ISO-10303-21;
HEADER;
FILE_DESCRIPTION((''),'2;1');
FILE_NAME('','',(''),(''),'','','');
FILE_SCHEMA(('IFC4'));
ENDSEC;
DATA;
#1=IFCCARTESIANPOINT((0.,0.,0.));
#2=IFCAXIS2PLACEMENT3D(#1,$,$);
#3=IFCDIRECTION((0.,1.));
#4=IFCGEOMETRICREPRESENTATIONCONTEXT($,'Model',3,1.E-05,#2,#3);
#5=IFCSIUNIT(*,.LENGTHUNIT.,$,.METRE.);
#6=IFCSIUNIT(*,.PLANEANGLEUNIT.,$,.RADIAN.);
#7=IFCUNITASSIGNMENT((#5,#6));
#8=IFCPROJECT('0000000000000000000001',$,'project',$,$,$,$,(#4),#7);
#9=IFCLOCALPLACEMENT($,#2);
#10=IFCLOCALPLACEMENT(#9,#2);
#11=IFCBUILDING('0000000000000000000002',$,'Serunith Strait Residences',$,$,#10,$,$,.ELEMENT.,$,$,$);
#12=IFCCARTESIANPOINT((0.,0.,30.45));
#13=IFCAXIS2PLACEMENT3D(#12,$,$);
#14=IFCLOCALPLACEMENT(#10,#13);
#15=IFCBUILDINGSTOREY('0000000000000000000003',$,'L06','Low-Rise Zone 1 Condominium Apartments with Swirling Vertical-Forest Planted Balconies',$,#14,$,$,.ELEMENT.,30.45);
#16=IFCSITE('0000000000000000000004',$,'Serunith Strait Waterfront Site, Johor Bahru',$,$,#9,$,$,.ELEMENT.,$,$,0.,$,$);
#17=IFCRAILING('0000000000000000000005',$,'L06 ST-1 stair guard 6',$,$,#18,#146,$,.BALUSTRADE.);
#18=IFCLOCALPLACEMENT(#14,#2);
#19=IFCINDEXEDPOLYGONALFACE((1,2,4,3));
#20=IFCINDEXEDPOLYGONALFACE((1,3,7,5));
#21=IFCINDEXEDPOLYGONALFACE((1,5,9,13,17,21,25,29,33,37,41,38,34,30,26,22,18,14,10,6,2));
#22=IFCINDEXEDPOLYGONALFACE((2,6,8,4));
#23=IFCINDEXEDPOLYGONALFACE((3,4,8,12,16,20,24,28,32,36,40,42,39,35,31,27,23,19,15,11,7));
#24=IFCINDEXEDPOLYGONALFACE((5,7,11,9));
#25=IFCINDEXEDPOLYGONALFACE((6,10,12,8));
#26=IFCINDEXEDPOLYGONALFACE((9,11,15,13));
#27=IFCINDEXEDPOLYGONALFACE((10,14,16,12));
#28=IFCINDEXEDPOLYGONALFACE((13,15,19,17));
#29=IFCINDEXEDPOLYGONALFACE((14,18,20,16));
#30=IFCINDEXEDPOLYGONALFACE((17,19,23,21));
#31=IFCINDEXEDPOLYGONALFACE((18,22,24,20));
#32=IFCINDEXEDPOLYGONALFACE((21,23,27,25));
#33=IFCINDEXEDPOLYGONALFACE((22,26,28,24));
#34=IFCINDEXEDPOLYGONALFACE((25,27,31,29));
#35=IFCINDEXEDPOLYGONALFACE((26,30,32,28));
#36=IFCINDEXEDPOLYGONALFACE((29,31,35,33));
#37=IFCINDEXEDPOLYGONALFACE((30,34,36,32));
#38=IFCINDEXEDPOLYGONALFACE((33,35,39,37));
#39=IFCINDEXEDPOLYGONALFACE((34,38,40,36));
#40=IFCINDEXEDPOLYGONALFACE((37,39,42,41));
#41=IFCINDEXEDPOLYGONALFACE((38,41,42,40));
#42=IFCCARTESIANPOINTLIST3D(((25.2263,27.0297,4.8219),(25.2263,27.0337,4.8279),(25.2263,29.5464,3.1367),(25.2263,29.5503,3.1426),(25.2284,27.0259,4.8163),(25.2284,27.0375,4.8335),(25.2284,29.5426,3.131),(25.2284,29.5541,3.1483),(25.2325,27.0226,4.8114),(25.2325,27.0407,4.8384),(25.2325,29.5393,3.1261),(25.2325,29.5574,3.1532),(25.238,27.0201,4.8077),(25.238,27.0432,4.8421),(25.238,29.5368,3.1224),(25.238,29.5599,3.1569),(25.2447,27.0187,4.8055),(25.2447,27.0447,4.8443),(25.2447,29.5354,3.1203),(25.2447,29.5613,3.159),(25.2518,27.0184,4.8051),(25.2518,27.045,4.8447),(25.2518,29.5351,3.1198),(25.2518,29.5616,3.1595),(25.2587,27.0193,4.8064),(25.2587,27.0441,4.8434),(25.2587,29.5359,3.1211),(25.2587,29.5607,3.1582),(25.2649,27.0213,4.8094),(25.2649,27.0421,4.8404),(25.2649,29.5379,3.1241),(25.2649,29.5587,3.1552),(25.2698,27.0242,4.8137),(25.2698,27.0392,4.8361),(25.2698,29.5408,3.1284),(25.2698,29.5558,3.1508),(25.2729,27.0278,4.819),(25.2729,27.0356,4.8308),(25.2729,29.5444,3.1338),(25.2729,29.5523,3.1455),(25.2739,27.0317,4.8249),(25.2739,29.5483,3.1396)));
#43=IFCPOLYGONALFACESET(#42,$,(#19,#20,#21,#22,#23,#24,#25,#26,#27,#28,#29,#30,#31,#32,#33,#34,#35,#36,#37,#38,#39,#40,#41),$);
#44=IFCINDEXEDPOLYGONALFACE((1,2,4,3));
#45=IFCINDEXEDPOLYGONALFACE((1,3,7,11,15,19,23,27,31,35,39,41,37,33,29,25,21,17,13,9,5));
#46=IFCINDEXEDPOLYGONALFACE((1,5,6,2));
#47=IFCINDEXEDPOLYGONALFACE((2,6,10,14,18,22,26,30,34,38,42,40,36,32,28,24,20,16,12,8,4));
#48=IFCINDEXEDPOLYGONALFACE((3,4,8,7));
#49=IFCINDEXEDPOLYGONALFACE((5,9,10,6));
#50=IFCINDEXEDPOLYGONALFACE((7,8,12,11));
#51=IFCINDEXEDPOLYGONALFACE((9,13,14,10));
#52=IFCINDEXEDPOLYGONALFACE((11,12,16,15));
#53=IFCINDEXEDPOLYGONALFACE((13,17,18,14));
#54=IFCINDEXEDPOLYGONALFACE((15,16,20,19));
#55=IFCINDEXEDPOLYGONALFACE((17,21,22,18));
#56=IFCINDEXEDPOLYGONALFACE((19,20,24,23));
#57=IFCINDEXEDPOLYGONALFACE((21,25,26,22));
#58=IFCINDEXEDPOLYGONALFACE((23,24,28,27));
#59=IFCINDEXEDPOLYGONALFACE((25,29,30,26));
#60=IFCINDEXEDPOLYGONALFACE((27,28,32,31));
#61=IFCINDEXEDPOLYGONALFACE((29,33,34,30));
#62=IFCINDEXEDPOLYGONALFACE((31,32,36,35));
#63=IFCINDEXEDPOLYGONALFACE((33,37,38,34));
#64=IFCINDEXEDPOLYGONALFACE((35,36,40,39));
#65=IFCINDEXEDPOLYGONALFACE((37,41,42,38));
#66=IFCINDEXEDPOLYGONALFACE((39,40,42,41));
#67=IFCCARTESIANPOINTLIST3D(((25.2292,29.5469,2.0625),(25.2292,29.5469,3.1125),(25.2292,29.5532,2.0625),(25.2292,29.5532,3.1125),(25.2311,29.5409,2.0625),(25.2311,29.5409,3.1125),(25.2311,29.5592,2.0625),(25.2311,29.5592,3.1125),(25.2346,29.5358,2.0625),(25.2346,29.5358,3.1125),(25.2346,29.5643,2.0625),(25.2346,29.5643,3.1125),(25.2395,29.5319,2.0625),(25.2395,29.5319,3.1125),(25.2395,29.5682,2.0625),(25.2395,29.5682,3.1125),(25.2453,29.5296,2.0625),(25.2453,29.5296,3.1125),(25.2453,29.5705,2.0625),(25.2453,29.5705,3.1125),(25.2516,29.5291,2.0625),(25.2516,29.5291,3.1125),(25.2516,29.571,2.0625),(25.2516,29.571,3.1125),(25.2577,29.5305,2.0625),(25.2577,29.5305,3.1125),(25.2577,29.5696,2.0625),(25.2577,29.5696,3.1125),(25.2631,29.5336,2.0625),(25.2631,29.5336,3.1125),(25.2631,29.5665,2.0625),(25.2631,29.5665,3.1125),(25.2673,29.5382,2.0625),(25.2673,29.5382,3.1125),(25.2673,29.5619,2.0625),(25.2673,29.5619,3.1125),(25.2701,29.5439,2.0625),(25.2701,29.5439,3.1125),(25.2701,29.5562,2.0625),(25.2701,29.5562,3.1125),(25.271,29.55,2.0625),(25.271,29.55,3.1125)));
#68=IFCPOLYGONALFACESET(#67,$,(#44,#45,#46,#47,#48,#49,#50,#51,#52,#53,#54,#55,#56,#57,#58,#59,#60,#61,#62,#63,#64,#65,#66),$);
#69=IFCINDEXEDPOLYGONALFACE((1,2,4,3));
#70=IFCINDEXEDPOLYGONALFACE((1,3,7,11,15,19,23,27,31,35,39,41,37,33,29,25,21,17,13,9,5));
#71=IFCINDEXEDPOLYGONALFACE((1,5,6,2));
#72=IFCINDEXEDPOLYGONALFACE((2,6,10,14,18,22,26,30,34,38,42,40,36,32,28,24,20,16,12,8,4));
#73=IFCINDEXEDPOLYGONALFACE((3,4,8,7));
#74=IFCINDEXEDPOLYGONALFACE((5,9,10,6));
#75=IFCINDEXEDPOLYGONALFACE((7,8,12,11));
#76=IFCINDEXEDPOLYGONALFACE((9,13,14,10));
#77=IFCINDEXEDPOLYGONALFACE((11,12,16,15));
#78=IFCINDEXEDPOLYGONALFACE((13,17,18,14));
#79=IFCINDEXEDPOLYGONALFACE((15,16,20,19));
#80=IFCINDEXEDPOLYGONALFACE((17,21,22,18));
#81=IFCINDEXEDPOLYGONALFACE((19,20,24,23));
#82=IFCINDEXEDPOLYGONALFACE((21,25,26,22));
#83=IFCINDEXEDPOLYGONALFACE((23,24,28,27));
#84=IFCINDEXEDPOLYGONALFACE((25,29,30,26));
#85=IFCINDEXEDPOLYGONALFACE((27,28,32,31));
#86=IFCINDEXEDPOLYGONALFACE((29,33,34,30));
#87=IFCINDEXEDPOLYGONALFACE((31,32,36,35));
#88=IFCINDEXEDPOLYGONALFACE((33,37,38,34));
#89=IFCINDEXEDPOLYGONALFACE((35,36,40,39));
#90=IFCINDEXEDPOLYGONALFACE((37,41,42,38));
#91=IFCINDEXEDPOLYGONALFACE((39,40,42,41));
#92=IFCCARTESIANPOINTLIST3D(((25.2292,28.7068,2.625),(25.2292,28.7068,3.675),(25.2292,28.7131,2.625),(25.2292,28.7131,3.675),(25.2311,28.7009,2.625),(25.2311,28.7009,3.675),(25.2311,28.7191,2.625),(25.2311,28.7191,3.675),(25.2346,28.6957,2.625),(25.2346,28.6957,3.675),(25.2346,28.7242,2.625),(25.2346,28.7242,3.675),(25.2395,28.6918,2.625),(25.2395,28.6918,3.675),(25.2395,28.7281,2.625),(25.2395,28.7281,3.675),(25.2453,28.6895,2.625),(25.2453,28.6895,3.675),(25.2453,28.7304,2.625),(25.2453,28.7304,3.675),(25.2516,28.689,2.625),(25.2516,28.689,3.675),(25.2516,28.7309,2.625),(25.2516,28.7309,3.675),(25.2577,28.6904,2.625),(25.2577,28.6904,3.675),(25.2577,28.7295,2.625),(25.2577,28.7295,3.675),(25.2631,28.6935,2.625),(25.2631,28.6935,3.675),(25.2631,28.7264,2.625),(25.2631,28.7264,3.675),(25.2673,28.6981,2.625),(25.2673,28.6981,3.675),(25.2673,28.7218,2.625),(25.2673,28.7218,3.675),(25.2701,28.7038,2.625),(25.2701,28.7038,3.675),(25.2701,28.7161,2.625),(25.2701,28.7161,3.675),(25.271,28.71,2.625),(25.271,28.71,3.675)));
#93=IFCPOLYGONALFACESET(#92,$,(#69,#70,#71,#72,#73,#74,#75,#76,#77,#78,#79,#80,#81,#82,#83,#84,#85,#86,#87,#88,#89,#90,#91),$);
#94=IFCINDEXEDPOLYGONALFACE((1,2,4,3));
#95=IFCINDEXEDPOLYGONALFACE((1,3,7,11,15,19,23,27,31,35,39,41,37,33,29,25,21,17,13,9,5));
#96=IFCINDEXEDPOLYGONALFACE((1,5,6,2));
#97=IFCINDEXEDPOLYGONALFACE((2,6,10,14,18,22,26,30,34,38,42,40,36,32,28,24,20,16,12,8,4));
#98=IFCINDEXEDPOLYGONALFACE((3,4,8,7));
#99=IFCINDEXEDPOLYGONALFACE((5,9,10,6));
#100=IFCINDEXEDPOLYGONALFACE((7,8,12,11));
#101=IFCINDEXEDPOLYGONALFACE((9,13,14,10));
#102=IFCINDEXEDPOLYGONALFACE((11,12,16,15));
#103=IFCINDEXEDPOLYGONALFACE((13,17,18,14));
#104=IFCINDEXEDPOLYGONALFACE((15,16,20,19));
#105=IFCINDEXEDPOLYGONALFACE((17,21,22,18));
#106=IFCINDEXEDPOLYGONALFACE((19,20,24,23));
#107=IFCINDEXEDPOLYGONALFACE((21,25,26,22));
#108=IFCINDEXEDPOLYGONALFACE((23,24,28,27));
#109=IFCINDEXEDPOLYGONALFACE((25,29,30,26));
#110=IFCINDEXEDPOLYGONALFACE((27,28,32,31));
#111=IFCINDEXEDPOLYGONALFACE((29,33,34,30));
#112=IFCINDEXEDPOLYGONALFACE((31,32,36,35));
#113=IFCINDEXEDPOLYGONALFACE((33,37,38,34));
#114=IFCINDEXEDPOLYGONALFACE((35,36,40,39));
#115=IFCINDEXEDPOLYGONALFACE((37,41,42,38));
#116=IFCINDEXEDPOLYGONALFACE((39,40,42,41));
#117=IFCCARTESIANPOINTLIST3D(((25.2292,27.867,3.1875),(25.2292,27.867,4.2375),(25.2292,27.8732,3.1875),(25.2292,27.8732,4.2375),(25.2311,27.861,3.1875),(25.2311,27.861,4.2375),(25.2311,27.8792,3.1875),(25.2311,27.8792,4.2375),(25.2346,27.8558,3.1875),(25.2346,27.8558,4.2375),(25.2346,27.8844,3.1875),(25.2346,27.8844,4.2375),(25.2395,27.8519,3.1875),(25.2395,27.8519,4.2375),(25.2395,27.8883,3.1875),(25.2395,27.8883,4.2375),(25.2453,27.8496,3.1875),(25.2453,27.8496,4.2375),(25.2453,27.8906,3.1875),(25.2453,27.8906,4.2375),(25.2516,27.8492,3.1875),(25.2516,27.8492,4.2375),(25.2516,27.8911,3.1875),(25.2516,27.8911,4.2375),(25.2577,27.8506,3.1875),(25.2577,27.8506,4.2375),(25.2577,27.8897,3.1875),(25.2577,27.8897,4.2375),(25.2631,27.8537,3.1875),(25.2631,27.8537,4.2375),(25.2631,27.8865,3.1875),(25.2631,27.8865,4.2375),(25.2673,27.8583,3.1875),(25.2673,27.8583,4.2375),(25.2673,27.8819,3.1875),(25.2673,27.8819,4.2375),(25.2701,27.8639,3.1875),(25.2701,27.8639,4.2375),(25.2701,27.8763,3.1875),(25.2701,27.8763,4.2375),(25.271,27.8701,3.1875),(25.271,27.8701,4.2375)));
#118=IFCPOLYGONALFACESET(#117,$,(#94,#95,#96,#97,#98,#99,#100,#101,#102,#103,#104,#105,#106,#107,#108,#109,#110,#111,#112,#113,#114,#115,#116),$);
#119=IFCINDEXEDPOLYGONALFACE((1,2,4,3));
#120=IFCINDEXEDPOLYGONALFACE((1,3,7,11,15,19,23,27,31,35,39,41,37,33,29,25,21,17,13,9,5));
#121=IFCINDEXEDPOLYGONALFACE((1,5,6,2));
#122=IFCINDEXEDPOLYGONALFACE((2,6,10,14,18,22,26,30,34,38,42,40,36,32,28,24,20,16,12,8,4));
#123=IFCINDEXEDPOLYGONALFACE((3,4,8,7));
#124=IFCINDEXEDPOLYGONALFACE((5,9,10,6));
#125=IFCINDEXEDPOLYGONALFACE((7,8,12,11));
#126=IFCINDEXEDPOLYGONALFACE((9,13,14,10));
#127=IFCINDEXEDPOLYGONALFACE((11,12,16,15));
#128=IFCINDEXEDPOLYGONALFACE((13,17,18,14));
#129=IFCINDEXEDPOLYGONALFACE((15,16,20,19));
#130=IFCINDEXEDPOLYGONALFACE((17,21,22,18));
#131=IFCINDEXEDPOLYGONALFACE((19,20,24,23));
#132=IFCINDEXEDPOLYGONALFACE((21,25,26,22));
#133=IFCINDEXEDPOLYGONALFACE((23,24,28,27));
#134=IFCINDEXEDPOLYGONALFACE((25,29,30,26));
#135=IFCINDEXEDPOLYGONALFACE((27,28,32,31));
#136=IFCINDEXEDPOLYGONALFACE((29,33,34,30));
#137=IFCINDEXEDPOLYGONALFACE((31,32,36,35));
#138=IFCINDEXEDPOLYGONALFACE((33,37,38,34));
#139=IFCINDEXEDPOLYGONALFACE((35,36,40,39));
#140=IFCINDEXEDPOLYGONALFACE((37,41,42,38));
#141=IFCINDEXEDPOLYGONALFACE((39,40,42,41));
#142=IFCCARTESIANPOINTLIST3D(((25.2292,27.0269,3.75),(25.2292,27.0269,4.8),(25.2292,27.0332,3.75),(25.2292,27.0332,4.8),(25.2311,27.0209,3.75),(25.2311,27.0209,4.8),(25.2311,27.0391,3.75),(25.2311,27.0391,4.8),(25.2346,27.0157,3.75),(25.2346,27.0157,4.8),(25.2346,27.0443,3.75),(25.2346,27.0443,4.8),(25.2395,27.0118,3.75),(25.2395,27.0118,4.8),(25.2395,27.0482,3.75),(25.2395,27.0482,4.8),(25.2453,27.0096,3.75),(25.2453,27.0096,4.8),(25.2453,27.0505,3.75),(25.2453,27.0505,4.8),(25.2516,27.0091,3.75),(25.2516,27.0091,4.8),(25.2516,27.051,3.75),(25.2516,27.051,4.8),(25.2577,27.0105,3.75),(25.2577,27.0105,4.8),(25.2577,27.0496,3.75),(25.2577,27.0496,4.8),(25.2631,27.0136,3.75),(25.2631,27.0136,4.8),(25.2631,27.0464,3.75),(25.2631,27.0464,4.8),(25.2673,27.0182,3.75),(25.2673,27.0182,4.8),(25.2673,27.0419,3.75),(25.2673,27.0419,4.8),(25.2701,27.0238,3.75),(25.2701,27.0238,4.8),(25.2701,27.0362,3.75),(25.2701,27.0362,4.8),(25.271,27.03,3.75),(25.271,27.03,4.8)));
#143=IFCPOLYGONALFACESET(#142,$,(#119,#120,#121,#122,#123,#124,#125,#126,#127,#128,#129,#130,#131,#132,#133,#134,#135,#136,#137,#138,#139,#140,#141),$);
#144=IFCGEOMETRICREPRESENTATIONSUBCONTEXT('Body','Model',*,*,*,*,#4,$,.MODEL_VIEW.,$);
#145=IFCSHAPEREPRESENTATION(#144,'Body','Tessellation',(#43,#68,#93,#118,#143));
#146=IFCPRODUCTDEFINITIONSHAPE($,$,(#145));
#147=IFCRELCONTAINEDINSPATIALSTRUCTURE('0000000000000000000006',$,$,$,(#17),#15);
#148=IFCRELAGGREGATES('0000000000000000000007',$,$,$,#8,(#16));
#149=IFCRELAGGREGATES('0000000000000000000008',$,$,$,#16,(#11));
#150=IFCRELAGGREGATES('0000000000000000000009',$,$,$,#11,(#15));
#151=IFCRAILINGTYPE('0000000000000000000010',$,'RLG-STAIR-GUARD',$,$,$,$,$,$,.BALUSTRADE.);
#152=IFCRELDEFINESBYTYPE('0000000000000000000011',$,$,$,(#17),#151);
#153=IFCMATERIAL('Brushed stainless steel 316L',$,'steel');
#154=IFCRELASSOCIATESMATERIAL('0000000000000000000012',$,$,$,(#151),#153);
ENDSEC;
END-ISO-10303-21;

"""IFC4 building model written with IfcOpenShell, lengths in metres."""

from ifc_helpers import new_model, si_unit, direction, frame, origin, origin_2d, place, context, subcontext, project, spatial, circle, extrude, material, type_object, element, save


model = new_model("IFC4")

# Units and contexts
model_context = context("Model", 3, precision=1e-05, world=origin(), true_north=direction((0.0, 1.0)))
body_context = subcontext(model_context, "Body", "Model", "MODEL_VIEW")
ifc_project = project(units=[si_unit("LENGTHUNIT", "METRE"), si_unit("PLANEANGLEUNIT", "RADIAN")], contexts=[model_context])

# Site, building, storey
site_placement = place(None, origin())
site = spatial("IfcSite", under=ifc_project, at=site_placement, Name="Serunith Strait Waterfront Site, Johor Bahru", CompositionType="ELEMENT", RefElevation=0.0)
building_placement = place(site_placement, origin())
building = spatial("IfcBuilding", under=site, at=building_placement, Name="Serunith Strait Residences", CompositionType="ELEMENT")
storey_placement = place(building_placement, frame((0.0, 0.0, 30.45)))
storey = spatial("IfcBuildingStorey", under=building, at=storey_placement, Name="L06", Description="Low-Rise Zone 1 Condominium Apartments with Swirling Vertical-Forest Planted Balconies", CompositionType="ELEMENT", Elevation=30.45)

# Railing
ifc_material_1 = material(Name="Brushed stainless steel 316L", Category="steel")
railing_type_1 = type_object("IfcRailingType", Name="RLG-STAIR-GUARD", PredefinedType="BALUSTRADE", material=ifc_material_1)
railing_1_placement = place(storey_placement, frame((25.25, 29.55, 2.0625)))
element("IfcRailing", 1, at=railing_1_placement, inside=storey, type_object=railing_type_1, Name="L06 ST-1 stair guard 6", PredefinedType="BALUSTRADE", context=body_context, shape_type="SweptSolid", body=[
    extrude(circle(Radius=0.0239, at=origin_2d()), frame((0.0, -0.0017, 1.0771), z_axis=(0.0, -0.830909, 0.556408), x_axis=(1.0, 0.0, 0.0)), (0.0, 0.0, 1.0), 3.0288),
    extrude(circle(Radius=0.021, at=origin_2d()), origin(), (0.0, 0.0, 1.0), 1.05),
    extrude(circle(Radius=0.021, at=origin_2d()), frame((0.0, -0.8401, 0.5625)), (0.0, 0.0, 1.0), 1.05),
    extrude(circle(Radius=0.021, at=origin_2d()), frame((0.0, -1.6799, 1.125)), (0.0, 0.0, 1.0), 1.05),
    extrude(circle(Radius=0.021, at=origin_2d()), frame((0.0, -2.52, 1.6875)), (0.0, 0.0, 1.0), 1.05),
])

save(model, "model.ifc")
